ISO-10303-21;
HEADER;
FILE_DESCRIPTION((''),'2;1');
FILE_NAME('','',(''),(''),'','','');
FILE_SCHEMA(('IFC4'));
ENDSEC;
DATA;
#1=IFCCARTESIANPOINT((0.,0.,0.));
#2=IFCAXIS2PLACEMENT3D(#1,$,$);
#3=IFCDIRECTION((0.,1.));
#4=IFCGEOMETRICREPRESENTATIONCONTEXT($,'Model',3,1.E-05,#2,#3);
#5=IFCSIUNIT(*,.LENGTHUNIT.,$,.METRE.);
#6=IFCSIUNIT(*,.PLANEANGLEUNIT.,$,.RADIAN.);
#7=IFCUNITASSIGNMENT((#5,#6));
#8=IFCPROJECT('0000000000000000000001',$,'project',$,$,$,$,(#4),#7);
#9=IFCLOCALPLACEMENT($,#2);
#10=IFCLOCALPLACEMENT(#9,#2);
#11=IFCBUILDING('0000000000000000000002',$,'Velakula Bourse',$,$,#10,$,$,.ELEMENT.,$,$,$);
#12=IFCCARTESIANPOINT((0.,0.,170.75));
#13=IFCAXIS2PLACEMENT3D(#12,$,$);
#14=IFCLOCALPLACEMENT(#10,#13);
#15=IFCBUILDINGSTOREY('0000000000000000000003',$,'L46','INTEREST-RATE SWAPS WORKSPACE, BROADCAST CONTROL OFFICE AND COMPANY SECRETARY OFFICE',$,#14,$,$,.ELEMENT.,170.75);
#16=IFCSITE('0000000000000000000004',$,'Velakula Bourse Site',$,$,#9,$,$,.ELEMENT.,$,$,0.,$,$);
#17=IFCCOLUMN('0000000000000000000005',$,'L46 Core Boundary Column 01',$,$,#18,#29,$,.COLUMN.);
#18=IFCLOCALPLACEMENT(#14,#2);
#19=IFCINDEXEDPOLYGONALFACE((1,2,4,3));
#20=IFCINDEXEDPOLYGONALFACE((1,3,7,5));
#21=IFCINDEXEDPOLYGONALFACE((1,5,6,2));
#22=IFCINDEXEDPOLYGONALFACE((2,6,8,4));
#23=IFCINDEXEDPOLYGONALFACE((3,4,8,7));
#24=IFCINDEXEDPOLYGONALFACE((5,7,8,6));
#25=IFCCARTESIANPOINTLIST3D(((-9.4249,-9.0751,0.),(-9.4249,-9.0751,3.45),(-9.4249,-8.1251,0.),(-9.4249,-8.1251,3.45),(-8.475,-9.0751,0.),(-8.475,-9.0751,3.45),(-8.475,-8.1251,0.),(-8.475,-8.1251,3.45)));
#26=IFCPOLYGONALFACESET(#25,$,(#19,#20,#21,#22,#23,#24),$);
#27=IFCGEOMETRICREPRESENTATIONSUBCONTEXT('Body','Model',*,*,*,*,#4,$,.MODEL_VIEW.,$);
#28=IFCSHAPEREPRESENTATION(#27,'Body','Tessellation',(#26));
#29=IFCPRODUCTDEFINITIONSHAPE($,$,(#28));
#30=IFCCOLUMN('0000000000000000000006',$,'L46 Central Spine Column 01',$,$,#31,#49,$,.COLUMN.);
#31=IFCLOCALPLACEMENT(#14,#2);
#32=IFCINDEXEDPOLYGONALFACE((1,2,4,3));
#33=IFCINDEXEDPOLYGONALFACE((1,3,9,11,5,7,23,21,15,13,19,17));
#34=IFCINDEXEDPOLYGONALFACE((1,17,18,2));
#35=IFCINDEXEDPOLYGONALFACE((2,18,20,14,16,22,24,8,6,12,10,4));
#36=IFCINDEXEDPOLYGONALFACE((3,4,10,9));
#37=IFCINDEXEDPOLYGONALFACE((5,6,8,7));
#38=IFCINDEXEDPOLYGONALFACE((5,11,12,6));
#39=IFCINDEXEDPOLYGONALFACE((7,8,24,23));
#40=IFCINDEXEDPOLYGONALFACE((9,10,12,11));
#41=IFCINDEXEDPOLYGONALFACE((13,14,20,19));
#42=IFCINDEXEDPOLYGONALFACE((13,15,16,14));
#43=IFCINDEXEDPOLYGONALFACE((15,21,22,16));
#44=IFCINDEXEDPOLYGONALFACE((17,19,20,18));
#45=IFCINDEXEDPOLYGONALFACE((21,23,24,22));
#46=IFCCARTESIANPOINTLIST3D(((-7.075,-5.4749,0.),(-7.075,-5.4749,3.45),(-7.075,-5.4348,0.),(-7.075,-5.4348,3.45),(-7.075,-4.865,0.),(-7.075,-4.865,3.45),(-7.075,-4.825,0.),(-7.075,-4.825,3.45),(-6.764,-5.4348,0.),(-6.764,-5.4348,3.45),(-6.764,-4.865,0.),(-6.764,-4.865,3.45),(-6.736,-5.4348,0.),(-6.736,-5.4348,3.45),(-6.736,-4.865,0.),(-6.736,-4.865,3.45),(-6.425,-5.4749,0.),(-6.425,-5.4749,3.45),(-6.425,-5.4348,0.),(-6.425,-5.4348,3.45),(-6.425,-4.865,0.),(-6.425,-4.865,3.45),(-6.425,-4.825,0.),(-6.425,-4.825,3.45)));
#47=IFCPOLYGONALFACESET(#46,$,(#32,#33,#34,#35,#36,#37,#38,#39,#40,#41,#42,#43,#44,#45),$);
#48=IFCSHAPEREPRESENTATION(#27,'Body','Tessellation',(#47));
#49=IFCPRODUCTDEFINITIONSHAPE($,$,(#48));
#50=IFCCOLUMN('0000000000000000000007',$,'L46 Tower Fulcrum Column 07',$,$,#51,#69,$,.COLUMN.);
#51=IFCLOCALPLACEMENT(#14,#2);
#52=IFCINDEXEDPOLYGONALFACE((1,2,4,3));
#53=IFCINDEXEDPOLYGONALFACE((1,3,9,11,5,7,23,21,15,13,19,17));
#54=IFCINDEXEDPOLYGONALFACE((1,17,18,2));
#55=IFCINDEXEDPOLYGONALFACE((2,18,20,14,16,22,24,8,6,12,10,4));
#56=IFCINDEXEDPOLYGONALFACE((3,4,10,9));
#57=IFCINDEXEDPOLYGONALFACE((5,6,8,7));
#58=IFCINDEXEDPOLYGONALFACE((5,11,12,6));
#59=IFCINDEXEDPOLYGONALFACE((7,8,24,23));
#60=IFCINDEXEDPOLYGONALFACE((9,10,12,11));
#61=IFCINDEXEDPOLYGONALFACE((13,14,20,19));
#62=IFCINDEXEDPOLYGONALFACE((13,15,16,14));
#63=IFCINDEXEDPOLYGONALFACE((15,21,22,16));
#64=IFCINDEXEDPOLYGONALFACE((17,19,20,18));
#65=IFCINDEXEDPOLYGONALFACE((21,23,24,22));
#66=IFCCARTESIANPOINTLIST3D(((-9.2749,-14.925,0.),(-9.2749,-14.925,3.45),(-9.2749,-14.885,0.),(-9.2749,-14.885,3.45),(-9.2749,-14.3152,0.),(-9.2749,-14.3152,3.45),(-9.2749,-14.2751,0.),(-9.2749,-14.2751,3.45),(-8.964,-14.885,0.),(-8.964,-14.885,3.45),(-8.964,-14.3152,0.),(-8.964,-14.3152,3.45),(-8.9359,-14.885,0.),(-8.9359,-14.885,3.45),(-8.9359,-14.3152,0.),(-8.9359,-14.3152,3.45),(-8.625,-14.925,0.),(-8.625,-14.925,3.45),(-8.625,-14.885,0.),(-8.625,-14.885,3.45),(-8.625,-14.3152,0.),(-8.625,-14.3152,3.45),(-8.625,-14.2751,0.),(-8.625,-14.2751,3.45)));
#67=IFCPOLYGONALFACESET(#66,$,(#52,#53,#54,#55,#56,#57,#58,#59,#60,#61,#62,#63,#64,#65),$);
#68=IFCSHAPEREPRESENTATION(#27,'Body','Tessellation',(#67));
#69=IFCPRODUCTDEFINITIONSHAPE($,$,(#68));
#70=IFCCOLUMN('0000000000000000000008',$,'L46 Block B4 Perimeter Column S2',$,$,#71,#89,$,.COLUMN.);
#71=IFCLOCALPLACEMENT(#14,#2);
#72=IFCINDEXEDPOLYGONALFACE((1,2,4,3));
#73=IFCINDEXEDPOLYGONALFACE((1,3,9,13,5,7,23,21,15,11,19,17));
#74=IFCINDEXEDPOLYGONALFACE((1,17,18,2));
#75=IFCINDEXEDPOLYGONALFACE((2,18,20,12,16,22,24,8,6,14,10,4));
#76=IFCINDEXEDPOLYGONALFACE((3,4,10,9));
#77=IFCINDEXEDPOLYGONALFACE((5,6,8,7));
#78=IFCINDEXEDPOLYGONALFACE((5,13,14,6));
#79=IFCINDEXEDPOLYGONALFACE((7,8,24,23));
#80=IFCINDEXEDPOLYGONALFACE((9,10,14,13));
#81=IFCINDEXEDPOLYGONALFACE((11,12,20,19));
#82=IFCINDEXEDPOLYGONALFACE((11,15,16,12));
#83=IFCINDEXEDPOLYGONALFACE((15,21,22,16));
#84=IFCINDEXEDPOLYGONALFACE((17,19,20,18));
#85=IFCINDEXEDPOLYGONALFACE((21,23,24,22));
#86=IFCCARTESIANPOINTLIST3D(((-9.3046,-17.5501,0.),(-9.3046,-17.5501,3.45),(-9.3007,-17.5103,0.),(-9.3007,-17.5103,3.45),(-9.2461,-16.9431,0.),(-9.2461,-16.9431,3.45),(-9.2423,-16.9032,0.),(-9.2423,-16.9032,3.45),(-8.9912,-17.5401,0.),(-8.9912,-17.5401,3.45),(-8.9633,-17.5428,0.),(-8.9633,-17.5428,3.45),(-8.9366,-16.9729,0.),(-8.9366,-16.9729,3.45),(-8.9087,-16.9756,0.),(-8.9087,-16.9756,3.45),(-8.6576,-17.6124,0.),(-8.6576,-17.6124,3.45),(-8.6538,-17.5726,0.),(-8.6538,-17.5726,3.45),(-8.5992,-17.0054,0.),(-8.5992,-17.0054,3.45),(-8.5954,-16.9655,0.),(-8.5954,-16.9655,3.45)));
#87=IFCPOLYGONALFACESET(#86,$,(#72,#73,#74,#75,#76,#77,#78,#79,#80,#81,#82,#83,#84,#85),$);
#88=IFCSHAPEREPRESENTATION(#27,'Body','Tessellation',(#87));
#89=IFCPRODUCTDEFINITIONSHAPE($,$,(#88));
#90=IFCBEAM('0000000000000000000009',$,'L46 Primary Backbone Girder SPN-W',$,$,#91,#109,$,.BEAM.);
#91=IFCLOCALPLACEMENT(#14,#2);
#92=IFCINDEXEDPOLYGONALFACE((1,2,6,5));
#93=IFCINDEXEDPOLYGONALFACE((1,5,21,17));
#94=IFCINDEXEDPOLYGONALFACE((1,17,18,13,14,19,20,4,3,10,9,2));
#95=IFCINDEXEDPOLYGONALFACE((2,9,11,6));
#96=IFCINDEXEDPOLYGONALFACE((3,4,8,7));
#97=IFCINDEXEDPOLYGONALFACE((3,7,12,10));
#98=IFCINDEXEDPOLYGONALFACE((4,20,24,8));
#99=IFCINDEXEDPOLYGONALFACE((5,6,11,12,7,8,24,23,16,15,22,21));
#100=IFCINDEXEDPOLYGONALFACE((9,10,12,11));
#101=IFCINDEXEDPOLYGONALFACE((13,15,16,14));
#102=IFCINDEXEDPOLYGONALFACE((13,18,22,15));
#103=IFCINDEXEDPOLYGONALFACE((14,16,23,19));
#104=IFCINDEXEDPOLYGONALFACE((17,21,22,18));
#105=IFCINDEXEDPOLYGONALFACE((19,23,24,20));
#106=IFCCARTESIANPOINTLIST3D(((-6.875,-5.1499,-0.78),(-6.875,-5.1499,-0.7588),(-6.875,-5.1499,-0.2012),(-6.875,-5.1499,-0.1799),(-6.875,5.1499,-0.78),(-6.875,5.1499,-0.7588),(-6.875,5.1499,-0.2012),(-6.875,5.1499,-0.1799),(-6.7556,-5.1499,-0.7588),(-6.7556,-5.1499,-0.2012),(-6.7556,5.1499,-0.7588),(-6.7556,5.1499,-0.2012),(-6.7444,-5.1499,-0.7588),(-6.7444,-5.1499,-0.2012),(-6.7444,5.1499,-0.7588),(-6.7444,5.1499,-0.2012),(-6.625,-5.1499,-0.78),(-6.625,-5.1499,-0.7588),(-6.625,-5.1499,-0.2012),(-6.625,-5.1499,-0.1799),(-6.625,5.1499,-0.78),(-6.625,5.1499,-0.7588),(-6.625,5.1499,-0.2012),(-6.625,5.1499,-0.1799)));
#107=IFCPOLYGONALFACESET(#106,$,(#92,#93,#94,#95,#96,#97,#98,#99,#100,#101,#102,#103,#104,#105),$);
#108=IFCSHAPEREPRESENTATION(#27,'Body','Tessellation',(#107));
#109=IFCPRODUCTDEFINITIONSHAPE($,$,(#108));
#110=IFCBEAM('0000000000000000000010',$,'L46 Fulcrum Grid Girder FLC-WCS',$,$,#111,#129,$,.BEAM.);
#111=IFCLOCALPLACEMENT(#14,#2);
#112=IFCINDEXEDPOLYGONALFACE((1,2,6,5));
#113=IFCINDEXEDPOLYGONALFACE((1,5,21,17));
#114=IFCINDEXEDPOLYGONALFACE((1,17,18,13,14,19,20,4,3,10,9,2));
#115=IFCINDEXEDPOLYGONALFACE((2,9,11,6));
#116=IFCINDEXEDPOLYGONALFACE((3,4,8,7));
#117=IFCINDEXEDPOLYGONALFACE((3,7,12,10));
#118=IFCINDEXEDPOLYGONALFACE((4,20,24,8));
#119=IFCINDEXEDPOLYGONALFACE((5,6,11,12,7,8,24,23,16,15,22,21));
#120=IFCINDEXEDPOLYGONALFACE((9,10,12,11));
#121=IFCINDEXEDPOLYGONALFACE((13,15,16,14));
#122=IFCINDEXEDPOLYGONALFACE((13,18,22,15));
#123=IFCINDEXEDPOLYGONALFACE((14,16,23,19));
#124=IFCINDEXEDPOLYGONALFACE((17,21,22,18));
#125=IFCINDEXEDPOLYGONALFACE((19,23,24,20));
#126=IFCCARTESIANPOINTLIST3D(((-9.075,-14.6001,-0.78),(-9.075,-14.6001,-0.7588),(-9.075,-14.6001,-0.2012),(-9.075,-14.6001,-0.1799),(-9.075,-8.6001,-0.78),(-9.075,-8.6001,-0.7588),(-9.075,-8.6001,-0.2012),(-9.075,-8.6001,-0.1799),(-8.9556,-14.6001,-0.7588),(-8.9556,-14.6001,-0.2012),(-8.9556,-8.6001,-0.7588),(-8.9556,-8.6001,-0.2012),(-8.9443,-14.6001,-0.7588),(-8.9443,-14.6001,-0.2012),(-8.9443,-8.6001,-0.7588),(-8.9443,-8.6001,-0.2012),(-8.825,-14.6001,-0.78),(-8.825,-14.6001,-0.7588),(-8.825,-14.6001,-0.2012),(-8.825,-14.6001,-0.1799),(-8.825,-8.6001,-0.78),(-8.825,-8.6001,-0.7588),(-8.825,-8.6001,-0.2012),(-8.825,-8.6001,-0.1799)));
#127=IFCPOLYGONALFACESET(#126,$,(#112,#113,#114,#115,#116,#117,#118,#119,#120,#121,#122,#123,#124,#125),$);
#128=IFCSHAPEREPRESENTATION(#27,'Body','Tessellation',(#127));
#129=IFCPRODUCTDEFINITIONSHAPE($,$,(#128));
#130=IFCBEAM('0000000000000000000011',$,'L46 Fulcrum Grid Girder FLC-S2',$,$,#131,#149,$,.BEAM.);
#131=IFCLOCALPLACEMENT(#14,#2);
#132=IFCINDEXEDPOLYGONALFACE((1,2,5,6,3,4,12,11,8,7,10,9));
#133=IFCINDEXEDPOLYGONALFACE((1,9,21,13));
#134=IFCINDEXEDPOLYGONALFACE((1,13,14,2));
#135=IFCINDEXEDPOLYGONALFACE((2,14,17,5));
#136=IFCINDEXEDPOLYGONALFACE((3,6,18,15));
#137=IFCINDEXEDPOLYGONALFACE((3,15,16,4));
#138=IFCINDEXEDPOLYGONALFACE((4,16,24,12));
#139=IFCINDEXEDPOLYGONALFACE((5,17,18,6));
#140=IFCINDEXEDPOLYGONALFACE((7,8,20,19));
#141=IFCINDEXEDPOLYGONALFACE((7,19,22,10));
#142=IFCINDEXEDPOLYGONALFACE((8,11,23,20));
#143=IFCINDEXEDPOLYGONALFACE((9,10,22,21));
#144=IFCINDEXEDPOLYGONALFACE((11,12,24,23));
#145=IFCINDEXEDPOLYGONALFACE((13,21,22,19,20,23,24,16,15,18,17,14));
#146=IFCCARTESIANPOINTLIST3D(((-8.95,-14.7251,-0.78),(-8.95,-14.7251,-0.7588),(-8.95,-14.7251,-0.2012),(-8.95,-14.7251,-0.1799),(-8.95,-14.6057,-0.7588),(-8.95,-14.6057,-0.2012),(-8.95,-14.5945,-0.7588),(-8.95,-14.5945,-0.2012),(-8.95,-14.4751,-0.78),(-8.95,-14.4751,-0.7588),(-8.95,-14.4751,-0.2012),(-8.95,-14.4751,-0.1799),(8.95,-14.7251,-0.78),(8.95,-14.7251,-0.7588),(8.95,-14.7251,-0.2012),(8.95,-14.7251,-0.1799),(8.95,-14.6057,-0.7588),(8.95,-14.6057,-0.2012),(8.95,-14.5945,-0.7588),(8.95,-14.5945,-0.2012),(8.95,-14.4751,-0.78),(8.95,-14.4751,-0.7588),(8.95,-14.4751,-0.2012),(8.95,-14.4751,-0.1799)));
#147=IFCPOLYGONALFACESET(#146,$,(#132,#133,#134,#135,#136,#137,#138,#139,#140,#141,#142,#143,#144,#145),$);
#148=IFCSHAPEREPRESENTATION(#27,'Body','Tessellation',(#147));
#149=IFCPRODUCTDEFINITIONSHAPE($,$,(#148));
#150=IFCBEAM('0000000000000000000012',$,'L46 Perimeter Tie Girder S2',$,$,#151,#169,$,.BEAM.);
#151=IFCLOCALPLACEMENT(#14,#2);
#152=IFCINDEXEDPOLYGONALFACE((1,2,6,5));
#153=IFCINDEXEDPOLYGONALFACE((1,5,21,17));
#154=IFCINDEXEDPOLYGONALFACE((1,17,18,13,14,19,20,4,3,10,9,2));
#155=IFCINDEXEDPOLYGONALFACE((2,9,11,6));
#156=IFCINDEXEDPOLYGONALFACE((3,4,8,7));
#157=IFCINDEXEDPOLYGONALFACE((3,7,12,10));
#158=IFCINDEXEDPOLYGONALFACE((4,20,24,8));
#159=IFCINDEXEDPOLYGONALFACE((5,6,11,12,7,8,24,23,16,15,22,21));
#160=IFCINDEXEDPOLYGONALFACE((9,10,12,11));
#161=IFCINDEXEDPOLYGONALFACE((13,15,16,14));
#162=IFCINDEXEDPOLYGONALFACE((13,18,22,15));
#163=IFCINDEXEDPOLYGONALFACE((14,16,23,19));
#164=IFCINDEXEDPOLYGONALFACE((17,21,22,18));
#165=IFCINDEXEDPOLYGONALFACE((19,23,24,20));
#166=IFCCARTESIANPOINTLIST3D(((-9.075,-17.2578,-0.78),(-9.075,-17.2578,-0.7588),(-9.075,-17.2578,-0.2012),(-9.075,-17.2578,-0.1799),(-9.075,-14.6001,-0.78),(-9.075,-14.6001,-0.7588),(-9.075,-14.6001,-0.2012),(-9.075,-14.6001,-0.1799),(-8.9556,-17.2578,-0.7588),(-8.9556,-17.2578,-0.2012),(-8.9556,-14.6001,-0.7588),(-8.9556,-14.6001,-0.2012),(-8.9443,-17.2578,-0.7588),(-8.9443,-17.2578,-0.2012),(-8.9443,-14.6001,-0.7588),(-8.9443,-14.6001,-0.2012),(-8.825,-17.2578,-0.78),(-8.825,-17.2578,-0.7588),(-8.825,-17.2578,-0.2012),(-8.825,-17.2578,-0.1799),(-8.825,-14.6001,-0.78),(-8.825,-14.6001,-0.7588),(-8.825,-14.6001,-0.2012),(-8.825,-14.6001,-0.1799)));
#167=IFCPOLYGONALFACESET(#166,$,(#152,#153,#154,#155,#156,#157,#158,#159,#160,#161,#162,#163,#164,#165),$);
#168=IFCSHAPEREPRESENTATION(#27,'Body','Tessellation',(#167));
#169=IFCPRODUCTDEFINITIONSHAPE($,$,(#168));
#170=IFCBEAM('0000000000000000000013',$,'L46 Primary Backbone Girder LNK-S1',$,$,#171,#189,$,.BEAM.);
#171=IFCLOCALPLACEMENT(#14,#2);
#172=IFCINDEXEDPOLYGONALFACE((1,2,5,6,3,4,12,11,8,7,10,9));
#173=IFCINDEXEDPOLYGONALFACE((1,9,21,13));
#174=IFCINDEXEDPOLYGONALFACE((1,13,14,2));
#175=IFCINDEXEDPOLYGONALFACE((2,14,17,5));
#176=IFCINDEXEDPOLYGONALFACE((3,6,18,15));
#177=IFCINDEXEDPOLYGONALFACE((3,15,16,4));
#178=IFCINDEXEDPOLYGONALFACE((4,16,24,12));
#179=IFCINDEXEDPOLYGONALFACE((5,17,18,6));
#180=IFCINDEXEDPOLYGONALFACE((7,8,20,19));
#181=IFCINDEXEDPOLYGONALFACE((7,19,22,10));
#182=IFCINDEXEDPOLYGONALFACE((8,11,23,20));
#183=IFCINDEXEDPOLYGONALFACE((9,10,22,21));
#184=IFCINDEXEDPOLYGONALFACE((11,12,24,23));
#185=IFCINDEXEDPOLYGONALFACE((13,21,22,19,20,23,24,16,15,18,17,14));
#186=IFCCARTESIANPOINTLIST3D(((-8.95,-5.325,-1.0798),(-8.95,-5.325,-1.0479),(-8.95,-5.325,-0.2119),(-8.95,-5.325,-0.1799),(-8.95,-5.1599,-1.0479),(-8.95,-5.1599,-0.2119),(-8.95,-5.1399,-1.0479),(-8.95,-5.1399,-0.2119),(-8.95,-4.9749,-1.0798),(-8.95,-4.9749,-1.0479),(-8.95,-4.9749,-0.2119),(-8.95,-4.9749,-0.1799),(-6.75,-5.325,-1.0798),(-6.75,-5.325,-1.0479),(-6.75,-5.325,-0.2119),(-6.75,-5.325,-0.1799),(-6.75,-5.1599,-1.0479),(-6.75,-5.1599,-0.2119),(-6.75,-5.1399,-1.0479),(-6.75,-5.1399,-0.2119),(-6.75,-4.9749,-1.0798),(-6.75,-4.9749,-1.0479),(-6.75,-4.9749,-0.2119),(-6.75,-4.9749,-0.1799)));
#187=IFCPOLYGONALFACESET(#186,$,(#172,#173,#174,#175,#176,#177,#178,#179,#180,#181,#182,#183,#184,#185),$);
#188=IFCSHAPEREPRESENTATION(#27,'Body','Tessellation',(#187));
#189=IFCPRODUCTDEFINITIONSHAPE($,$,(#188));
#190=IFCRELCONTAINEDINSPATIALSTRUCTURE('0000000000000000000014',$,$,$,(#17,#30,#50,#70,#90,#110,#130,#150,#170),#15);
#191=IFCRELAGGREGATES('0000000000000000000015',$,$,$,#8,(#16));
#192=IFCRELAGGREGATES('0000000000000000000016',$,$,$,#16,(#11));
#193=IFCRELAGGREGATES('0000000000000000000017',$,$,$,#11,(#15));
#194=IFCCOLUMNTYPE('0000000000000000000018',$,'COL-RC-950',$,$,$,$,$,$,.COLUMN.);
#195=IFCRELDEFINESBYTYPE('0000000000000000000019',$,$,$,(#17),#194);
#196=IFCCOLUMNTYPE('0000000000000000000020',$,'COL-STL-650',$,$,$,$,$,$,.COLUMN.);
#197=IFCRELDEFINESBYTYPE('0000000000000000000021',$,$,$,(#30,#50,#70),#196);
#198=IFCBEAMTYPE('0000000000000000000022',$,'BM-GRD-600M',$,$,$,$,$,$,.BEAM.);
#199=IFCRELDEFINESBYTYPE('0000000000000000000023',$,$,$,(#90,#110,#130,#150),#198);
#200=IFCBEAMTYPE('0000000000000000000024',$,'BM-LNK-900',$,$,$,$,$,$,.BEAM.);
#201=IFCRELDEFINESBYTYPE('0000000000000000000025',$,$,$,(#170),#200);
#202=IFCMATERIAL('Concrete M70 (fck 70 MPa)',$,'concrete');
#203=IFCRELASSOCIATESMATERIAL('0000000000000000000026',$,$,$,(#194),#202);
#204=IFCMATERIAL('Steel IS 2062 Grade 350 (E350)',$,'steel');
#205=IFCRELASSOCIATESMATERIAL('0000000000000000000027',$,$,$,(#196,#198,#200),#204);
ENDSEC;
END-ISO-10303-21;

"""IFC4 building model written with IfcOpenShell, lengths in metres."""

from ifc_helpers import new_model, si_unit, direction, frame, origin, origin_2d, place, context, subcontext, project, spatial, rectangle, i_section, extrude, material, material_profile, profile_set, type_object, element, save


model = new_model("IFC4")

# Units and contexts
model_context = context("Model", 3, precision=1e-05, world=origin(), true_north=direction((0.0, 1.0)))
body_context = subcontext(model_context, "Body", "Model", "MODEL_VIEW")
ifc_project = project(units=[si_unit("LENGTHUNIT", "METRE"), si_unit("PLANEANGLEUNIT", "RADIAN")], contexts=[model_context])

# Site, building, storey
site_placement = place(None, origin())
site = spatial("IfcSite", under=ifc_project, at=site_placement, Name="Velakula Bourse Site", CompositionType="ELEMENT", RefElevation=0.0)
building_placement = place(site_placement, origin())
building = spatial("IfcBuilding", under=site, at=building_placement, Name="Velakula Bourse", CompositionType="ELEMENT")
storey_placement = place(building_placement, frame((0.0, 0.0, 170.75)))
storey = spatial("IfcBuildingStorey", under=building, at=storey_placement, Name="L46", Description="INTEREST-RATE SWAPS WORKSPACE, BROADCAST CONTROL OFFICE AND COMPANY SECRETARY OFFICE", CompositionType="ELEMENT", Elevation=170.75)

# Columns
ifc_material_1 = material(Name="Concrete M70 (fck 70 MPa)", Category="concrete")
ifc_material_profile_1 = material_profile(ifc_material_1, rectangle(XDim=0.95, YDim=0.95, at=origin_2d()), Name="Concrete M70 (fck 70 MPa)")
ifc_profile_set_1 = profile_set([ifc_material_profile_1], Name="Concrete M70 (fck 70 MPa)")
column_type_1 = type_object("IfcColumnType", Name="COL-RC-950", PredefinedType="COLUMN", material=ifc_profile_set_1)
column_placement = place(storey_placement, frame((-8.95, -8.6001, 0.0), z_axis=(0.0, 0.0, 1.0), x_axis=(1.0, 0.0, 0.0)))
element("IfcColumn", 1, at=column_placement, inside=storey, type_object=column_type_1, Name="L46 Core Boundary Column 01", PredefinedType="COLUMN", context=body_context, shape_type="SweptSolid", body=[
    extrude(rectangle(XDim=0.95, YDim=0.95, at=origin_2d()), origin(), (0.0, 0.0, 1.0), 3.45),
])
ifc_material_2 = material(Name="Steel IS 2062 Grade 350 (E350)", Category="steel")
ifc_material_profile_2 = material_profile(ifc_material_2, i_section(OverallWidth=0.6499, OverallDepth=0.6499, WebThickness=0.0281, FlangeThickness=0.04, at=origin_2d()), Name="Steel IS 2062 Grade 350 (E350)")
ifc_profile_set_2 = profile_set([ifc_material_profile_2], Name="Steel IS 2062 Grade 350 (E350)")
column_type_2 = type_object("IfcColumnType", Name="COL-STL-650", PredefinedType="COLUMN", material=ifc_profile_set_2)
for number, where, z_axis, x_axis, name in (
    (2, (-6.75, -5.1499, 0.0), (0.0, 0.0, 1.0), (1.0, 0.0, 0.0), "L46 Central Spine Column 01"),
    (3, (-8.95, -14.6001, 0.0), (0.0, 0.0, 1.0), (1.0, 0.0, 0.0), "L46 Tower Fulcrum Column 07"),
    (4, (-8.95, -17.2578, 0.0), (0.0, 0.0, 1.0), (0.995396, -0.095846, 0.0), "L46 Block B4 Perimeter Column S2"),
):
    element("IfcColumn", number, at=place(storey_placement, frame(where, z_axis=z_axis, x_axis=x_axis)), inside=storey, type_object=column_type_2, Name=name, PredefinedType="COLUMN", context=body_context, shape_type="SweptSolid", body=[
        extrude(i_section(OverallWidth=0.6499, OverallDepth=0.6499, WebThickness=0.0281, FlangeThickness=0.04, at=origin_2d()), origin(), (0.0, 0.0, 1.0), 3.45),
    ])

# Beams
ifc_material_profile_3 = material_profile(ifc_material_2, i_section(OverallWidth=0.25, OverallDepth=0.6001, WebThickness=0.0112, FlangeThickness=0.0212, at=origin_2d()), Name="Steel IS 2062 Grade 350 (E350)")
ifc_profile_set_3 = profile_set([ifc_material_profile_3], Name="Steel IS 2062 Grade 350 (E350)")
beam_type_1 = type_object("IfcBeamType", Name="BM-GRD-600M", PredefinedType="BEAM", material=ifc_profile_set_3)
beam_1_placement = place(storey_placement, frame((-6.75, -5.1499, -0.48), z_axis=(0.0, 1.0, 0.0), x_axis=(-1.0, 0.0, 0.0)))
element("IfcBeam", 5, at=beam_1_placement, inside=storey, type_object=beam_type_1, Name="L46 Primary Backbone Girder SPN-W", PredefinedType="BEAM", context=body_context, shape_type="SweptSolid", body=[
    extrude(i_section(OverallWidth=0.25, OverallDepth=0.6001, WebThickness=0.0112, FlangeThickness=0.0212, at=origin_2d()), origin(), (0.0, 0.0, 1.0), 10.2998),
])
beam_2_placement = place(storey_placement, frame((-8.95, -14.6001, -0.48), z_axis=(0.0, 1.0, 0.0), x_axis=(-1.0, 0.0, 0.0)))
element("IfcBeam", 6, at=beam_2_placement, inside=storey, type_object=beam_type_1, Name="L46 Fulcrum Grid Girder FLC-WCS", PredefinedType="BEAM", context=body_context, shape_type="SweptSolid", body=[
    extrude(i_section(OverallWidth=0.25, OverallDepth=0.6001, WebThickness=0.0112, FlangeThickness=0.0212, at=origin_2d()), origin(), (0.0, 0.0, 1.0), 6.0),
])
beam_3_placement = place(storey_placement, frame((-8.95, -14.6001, -0.48), z_axis=(1.0, 0.0, 0.0), x_axis=(0.0, 1.0, 0.0)))
element("IfcBeam", 7, at=beam_3_placement, inside=storey, type_object=beam_type_1, Name="L46 Fulcrum Grid Girder FLC-S2", PredefinedType="BEAM", context=body_context, shape_type="SweptSolid", body=[
    extrude(i_section(OverallWidth=0.25, OverallDepth=0.6001, WebThickness=0.0112, FlangeThickness=0.0212, at=origin_2d()), origin(), (0.0, 0.0, 1.0), 17.8999),
])
beam_4_placement = place(storey_placement, frame((-8.95, -14.6001, -0.48), z_axis=(0.0, -1.0, 0.0), x_axis=(1.0, 0.0, 0.0)))
element("IfcBeam", 8, at=beam_4_placement, inside=storey, type_object=beam_type_1, Name="L46 Perimeter Tie Girder S2", PredefinedType="BEAM", context=body_context, shape_type="SweptSolid", body=[
    extrude(i_section(OverallWidth=0.25, OverallDepth=0.6001, WebThickness=0.0112, FlangeThickness=0.0212, at=origin_2d()), origin(), (0.0, 0.0, 1.0), 2.6577),
])
ifc_material_profile_4 = material_profile(ifc_material_2, i_section(OverallWidth=0.3501, OverallDepth=0.8999, WebThickness=0.02, FlangeThickness=0.032, at=origin_2d()), Name="Steel IS 2062 Grade 350 (E350)")
ifc_profile_set_4 = profile_set([ifc_material_profile_4], Name="Steel IS 2062 Grade 350 (E350)")
beam_type_2 = type_object("IfcBeamType", Name="BM-LNK-900", PredefinedType="BEAM", material=ifc_profile_set_4)
beam_5_placement = place(storey_placement, frame((-8.95, -5.1499, -0.6299), z_axis=(1.0, 0.0, 0.0), x_axis=(0.0, 1.0, 0.0)))
element("IfcBeam", 9, at=beam_5_placement, inside=storey, type_object=beam_type_2, Name="L46 Primary Backbone Girder LNK-S1", PredefinedType="BEAM", context=body_context, shape_type="SweptSolid", body=[
    extrude(i_section(OverallWidth=0.3501, OverallDepth=0.8999, WebThickness=0.02, FlangeThickness=0.032, at=origin_2d()), origin(), (0.0, 0.0, 1.0), 2.2),
])

save(model, "model.ifc")
